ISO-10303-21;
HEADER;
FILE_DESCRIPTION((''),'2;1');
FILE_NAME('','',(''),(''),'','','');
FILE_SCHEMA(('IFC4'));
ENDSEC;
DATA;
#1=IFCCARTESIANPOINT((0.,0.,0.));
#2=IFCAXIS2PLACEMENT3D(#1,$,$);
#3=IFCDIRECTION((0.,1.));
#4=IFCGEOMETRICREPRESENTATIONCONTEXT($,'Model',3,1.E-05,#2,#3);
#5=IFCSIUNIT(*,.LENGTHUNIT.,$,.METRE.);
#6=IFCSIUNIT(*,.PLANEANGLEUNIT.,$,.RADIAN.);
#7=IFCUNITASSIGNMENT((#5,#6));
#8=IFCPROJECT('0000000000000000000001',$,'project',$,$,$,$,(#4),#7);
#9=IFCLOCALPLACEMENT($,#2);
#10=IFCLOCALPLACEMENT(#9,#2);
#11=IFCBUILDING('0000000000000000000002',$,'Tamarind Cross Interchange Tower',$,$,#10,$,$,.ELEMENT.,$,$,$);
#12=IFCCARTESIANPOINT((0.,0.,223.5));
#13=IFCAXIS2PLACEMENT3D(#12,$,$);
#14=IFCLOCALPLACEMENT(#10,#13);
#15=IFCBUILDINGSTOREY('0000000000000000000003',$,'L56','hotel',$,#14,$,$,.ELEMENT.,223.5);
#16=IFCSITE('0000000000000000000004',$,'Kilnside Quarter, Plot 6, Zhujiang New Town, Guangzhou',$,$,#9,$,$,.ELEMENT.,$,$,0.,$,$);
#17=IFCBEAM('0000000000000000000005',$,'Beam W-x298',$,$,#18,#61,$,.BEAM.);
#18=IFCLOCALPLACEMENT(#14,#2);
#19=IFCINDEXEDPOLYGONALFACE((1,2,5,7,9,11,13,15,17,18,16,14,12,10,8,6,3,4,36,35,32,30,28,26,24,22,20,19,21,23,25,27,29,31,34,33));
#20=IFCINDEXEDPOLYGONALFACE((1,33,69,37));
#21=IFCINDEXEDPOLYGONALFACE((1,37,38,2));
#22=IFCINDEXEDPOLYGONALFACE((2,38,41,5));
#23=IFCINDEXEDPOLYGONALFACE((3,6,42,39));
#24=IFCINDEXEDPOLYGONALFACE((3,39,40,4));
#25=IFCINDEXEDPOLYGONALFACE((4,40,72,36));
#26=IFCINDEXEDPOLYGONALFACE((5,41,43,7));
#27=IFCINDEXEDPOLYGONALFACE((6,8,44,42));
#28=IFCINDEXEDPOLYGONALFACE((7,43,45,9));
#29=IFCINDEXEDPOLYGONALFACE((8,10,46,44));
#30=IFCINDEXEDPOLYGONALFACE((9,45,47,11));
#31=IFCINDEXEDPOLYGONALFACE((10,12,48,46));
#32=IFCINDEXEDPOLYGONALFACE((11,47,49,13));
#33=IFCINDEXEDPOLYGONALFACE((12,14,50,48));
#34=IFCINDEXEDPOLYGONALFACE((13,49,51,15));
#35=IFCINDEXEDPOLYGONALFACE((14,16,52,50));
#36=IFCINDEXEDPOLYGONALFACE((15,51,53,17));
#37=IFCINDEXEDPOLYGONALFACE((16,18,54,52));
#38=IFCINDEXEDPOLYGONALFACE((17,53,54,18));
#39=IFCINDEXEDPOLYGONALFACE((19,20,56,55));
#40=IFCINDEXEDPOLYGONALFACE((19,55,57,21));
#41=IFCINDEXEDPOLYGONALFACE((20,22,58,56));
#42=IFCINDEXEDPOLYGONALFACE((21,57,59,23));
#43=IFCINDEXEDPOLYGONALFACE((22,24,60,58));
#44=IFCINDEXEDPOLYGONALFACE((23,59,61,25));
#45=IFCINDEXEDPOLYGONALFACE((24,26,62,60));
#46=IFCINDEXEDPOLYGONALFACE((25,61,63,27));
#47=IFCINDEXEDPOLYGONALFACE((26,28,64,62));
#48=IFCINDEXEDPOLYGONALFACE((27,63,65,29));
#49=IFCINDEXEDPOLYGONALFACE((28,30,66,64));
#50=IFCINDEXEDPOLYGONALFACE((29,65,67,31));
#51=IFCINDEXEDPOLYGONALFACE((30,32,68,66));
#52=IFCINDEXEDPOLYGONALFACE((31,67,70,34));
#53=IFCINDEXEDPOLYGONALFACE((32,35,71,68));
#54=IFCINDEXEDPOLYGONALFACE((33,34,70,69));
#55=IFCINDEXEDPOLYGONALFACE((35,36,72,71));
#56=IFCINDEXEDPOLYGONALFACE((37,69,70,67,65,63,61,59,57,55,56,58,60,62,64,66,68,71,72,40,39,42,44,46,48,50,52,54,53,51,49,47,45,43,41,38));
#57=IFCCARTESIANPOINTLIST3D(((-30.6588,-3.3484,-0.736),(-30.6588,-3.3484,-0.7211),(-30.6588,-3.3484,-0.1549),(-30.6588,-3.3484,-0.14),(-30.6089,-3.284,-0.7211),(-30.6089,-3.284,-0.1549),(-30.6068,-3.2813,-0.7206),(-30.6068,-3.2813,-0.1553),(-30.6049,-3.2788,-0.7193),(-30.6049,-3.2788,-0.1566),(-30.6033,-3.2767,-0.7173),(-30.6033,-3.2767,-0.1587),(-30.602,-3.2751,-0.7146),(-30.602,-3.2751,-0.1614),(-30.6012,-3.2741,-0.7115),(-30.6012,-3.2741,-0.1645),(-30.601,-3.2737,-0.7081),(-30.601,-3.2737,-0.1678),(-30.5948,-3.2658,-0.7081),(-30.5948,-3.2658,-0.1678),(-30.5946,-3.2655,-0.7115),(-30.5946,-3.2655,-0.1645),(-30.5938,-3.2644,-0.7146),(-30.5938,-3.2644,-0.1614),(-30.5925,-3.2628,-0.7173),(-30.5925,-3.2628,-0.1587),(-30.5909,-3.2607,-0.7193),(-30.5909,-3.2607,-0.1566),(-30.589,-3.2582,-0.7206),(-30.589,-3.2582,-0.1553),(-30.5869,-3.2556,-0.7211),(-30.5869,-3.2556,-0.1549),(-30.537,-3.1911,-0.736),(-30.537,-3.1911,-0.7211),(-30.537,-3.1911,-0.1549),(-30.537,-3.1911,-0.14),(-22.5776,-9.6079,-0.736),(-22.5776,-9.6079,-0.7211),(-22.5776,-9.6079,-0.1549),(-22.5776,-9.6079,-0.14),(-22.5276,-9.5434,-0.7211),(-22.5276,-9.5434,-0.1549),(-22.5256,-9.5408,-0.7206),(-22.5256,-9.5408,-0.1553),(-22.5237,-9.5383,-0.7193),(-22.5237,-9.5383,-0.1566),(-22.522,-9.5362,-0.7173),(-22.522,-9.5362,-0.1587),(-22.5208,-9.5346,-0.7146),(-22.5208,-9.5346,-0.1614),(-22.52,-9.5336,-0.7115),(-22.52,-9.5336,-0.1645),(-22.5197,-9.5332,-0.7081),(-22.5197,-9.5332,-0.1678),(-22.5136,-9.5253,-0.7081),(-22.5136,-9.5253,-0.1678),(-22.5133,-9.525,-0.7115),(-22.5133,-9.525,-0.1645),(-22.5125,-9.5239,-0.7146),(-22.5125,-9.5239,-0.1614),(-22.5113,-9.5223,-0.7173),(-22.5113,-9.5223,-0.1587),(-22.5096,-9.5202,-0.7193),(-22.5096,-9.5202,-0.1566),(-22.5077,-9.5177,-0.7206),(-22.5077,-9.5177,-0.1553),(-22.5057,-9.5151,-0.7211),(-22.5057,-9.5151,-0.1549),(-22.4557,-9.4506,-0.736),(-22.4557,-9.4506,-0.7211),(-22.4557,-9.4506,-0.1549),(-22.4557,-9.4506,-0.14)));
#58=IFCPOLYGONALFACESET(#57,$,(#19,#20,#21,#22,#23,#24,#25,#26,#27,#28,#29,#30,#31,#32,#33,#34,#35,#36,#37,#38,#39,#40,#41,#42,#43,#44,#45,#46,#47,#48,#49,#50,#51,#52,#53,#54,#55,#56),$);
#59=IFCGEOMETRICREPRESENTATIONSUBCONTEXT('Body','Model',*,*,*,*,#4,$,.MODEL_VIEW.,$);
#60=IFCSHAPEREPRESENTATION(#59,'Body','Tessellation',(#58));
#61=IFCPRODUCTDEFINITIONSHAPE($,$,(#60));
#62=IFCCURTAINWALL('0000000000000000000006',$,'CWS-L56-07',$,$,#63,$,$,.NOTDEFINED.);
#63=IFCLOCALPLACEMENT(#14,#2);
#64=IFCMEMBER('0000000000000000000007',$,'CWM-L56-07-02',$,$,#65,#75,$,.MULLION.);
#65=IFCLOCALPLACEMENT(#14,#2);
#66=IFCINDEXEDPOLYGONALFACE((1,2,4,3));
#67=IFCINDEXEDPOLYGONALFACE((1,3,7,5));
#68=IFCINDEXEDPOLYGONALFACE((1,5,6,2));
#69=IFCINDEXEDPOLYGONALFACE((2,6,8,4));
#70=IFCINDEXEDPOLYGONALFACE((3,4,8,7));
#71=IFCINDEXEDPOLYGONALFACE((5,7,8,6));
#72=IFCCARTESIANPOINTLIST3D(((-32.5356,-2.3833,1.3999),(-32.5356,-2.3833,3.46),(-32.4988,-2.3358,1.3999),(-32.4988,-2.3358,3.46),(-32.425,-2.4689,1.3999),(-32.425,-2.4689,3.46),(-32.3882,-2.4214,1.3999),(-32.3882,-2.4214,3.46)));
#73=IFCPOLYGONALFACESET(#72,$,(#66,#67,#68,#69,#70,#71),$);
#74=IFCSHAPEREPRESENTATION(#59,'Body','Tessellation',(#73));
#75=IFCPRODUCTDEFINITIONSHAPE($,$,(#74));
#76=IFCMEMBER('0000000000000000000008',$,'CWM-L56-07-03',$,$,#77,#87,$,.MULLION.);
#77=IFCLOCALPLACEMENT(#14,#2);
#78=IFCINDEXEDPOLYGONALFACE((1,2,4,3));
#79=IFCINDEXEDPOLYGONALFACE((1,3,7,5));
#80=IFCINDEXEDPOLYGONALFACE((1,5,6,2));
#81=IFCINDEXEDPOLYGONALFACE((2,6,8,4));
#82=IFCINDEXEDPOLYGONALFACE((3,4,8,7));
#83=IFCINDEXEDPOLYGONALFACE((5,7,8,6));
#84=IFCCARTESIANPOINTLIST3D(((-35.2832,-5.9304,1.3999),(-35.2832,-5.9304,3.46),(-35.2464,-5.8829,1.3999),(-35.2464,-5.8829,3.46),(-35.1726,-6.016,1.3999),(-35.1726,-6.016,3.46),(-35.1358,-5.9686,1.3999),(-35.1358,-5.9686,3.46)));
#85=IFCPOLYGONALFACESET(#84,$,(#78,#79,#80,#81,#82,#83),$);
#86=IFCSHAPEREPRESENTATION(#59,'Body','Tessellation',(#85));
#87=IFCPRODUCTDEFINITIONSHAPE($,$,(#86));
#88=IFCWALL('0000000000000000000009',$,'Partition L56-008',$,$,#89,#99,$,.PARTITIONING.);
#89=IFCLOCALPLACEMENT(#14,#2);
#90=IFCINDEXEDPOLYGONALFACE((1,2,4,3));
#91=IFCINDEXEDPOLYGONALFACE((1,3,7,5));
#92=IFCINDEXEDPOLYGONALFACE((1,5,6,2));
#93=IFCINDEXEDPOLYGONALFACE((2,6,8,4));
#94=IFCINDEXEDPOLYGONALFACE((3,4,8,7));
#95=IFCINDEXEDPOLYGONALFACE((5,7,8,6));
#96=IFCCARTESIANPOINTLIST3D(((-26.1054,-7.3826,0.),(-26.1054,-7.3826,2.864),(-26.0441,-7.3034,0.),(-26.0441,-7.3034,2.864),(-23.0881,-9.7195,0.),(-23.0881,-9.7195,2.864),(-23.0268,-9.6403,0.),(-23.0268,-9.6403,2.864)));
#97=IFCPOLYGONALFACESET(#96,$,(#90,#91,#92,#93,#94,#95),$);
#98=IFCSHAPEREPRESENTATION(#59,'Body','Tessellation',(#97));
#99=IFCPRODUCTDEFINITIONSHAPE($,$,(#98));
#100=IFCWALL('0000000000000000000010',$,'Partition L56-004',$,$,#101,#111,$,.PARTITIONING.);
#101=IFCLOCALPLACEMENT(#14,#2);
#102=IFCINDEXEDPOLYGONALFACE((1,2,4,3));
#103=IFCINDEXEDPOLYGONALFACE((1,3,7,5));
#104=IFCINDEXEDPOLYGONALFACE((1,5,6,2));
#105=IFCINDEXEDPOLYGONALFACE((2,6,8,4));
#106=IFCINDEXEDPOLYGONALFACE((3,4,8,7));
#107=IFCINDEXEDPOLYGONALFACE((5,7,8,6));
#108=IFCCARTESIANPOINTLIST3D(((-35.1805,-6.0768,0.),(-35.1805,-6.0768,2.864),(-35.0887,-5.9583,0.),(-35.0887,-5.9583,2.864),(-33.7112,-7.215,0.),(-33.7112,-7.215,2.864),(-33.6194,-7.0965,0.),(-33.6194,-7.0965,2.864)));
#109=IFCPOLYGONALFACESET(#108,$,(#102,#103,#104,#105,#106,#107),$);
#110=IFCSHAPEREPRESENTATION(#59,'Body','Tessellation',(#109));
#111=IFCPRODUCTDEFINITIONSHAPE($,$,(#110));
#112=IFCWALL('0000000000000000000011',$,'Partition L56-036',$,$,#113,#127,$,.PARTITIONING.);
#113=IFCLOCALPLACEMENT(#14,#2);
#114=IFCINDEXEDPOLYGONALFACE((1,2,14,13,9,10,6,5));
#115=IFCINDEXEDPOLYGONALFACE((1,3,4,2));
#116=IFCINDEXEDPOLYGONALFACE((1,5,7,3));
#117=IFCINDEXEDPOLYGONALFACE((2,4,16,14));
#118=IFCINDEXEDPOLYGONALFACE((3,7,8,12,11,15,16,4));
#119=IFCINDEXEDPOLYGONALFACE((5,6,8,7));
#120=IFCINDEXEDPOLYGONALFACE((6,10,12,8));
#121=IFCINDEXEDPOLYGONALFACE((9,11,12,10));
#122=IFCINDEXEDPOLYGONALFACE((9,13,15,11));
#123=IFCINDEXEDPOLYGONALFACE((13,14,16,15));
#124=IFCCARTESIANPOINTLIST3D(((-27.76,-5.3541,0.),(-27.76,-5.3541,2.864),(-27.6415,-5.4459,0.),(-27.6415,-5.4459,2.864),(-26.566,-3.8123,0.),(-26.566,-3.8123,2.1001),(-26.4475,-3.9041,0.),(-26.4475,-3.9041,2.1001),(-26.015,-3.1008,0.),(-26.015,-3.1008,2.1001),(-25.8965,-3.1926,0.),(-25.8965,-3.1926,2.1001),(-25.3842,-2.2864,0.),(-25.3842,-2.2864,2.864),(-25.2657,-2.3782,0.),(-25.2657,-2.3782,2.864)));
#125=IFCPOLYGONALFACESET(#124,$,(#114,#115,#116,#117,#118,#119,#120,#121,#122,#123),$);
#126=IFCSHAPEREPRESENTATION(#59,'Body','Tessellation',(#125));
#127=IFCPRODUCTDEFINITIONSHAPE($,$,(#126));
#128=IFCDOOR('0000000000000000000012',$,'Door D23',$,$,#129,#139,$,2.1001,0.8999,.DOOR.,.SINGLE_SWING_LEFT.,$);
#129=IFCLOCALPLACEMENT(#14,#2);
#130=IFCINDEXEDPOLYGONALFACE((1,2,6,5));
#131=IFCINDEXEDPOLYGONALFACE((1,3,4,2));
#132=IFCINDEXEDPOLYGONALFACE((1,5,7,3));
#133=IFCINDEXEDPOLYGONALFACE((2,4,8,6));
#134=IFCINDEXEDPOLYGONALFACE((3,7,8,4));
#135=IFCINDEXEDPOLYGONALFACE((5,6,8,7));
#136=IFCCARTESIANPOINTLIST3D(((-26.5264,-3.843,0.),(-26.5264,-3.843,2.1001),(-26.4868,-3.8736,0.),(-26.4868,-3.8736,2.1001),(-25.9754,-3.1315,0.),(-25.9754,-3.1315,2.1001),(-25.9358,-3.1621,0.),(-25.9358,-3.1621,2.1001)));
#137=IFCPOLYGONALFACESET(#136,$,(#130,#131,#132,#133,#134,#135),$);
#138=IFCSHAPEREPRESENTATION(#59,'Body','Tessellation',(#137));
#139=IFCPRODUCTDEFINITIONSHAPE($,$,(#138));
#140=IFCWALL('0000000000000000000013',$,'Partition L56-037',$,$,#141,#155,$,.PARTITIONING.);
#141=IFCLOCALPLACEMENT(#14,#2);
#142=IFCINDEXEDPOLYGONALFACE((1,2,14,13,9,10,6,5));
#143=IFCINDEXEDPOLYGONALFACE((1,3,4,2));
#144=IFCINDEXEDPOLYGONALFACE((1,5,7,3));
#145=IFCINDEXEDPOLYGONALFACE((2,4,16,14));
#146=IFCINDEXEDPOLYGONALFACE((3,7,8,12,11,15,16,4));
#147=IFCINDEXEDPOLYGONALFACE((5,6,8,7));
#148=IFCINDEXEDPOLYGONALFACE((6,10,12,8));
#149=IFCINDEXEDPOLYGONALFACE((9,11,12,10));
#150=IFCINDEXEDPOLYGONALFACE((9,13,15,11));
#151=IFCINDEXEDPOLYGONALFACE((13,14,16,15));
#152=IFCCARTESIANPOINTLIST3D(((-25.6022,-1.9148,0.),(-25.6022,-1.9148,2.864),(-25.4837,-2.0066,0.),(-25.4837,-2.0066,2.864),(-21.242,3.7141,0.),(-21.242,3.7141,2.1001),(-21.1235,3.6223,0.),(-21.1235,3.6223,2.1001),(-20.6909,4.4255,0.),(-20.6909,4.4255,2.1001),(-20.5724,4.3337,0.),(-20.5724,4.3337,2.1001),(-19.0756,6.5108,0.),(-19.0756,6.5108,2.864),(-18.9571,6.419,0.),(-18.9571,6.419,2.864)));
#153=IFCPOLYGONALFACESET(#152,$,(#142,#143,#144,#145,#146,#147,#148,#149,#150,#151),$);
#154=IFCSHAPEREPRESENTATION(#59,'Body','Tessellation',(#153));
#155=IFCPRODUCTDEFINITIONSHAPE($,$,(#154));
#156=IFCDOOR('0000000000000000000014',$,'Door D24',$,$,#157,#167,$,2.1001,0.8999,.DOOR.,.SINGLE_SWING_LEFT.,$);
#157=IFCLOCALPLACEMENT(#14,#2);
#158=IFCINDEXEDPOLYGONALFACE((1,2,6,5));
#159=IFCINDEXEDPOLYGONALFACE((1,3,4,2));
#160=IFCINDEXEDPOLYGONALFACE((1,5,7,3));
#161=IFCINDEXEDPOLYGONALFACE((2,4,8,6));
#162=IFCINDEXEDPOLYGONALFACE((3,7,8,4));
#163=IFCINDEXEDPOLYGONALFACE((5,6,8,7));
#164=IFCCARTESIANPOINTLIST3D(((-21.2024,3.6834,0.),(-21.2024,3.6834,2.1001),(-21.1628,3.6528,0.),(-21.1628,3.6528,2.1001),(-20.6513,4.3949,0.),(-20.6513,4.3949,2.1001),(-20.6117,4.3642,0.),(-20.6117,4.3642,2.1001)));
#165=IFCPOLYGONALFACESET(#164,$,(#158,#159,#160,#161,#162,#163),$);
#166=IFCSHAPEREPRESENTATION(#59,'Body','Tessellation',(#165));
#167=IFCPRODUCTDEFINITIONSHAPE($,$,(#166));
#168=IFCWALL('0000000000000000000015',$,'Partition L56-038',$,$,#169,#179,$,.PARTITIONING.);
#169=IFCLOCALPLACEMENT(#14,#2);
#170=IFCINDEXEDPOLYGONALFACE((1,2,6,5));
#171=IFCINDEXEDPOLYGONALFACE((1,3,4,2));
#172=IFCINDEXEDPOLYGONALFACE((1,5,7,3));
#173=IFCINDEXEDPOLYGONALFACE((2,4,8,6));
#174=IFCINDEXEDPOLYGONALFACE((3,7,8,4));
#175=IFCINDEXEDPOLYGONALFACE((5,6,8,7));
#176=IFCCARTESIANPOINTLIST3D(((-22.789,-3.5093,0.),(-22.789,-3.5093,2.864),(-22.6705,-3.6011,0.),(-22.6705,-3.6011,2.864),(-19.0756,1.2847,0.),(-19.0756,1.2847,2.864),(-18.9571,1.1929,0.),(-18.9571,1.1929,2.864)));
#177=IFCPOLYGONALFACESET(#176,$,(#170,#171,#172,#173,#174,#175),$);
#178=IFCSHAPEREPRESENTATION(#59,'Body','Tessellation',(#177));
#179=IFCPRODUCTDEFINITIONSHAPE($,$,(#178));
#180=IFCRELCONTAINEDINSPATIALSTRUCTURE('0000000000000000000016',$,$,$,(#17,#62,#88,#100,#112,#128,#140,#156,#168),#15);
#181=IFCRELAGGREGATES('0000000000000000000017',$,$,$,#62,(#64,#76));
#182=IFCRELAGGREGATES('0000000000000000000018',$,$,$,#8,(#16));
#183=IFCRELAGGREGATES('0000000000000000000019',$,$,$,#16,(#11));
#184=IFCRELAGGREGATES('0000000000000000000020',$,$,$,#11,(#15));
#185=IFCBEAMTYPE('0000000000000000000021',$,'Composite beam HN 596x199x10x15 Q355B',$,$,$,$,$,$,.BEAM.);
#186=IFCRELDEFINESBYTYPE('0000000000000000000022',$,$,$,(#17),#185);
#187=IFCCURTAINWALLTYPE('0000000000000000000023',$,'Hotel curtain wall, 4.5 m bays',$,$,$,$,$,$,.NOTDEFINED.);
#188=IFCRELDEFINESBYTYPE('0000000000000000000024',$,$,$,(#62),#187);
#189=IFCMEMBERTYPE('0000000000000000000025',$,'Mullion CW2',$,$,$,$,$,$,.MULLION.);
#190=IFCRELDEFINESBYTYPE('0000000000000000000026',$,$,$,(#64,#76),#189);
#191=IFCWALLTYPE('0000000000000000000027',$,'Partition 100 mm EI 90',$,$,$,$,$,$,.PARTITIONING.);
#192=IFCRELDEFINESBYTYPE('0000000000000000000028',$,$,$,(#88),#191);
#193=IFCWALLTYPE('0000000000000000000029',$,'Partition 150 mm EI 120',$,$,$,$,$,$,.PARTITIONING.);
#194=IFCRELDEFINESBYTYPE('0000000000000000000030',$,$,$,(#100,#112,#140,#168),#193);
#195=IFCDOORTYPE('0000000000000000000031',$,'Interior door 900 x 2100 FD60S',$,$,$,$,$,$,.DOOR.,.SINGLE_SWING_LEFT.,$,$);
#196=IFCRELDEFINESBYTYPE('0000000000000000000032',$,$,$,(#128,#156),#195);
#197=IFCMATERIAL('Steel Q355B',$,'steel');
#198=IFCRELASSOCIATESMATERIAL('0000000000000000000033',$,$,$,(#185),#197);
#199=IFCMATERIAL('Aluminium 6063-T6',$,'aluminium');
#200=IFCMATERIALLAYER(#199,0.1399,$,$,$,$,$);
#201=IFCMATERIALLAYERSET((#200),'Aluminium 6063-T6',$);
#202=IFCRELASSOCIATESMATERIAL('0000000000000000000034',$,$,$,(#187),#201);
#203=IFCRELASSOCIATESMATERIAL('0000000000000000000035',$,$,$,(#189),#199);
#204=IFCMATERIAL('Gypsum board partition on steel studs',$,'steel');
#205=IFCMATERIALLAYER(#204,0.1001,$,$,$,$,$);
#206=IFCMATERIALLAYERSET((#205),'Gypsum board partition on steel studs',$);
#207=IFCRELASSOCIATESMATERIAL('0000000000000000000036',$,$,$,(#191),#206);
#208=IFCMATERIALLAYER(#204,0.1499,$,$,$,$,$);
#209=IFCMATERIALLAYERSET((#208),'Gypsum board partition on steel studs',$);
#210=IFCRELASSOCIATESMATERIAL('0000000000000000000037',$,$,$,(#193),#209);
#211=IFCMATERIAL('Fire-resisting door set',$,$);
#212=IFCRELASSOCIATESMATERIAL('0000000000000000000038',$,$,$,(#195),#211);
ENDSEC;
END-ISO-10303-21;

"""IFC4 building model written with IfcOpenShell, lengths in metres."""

from ifc_helpers import new_model, si_unit, direction, frame, frame_2d, origin, origin_2d, place, context, subcontext, project, spatial, rectangle, i_section, extrude, material, layer, layer_set, material_profile, profile_set, type_object, element, fill, aggregate, save


model = new_model("IFC4")

# Units and contexts
model_context = context("Model", 3, precision=1e-05, world=origin(), true_north=direction((0.0, 1.0)))
body_context = subcontext(model_context, "Body", "Model", "MODEL_VIEW")
ifc_project = project(units=[si_unit("LENGTHUNIT", "METRE"), si_unit("PLANEANGLEUNIT", "RADIAN")], contexts=[model_context])

# Site, building, storey
site_placement = place(None, origin())
site = spatial("IfcSite", under=ifc_project, at=site_placement, Name="Kilnside Quarter, Plot 6, Zhujiang New Town, Guangzhou", CompositionType="ELEMENT", RefElevation=0.0)
building_placement = place(site_placement, origin())
building = spatial("IfcBuilding", under=site, at=building_placement, Name="Tamarind Cross Interchange Tower", CompositionType="ELEMENT")
storey_placement = place(building_placement, frame((0.0, 0.0, 223.5)))
storey = spatial("IfcBuildingStorey", under=building, at=storey_placement, Name="L56", Description="hotel", CompositionType="ELEMENT", Elevation=223.5)

# Beam
ifc_material_1 = material(Name="Steel Q355B", Category="steel")
ifc_material_profile_1 = material_profile(ifc_material_1, i_section(OverallWidth=0.199, OverallDepth=0.5959, WebThickness=0.01, FlangeThickness=0.0149, FilletRadius=0.0129, at=origin_2d()), Name="HN 596x199x10x15")
ifc_profile_set_1 = profile_set([ifc_material_profile_1], Name="Steel Q355B")
beam_type_1 = type_object("IfcBeamType", Name="Composite beam HN 596x199x10x15 Q355B", PredefinedType="BEAM", material=ifc_profile_set_1)
beam_1_placement = place(storey_placement, frame((-30.5979, -3.2698, -0.438), z_axis=(0.79058, -0.612359, 0.0), x_axis=(0.612359, 0.79058, 0.0)))
element("IfcBeam", 1, at=beam_1_placement, inside=storey, type_object=beam_type_1, Name="Beam W-x298", PredefinedType="BEAM", context=body_context, shape_type="SweptSolid", body=[
    extrude(i_section(OverallWidth=0.199, OverallDepth=0.5959, WebThickness=0.01, FlangeThickness=0.0149, FilletRadius=0.0129, at=origin_2d()), origin(), (0.0, 0.0, 1.0), 10.2219),
])

# Curtain wall, members
ifc_material_2 = material(Name="Aluminium 6063-T6", Category="aluminium")
ifc_layer_1 = layer(ifc_material_2, 0.1399)
ifc_layer_set_1 = layer_set([ifc_layer_1], Name="Aluminium 6063-T6")
curtain_wall_type = type_object("IfcCurtainWallType", Name="Hotel curtain wall, 4.5 m bays", PredefinedType="NOTDEFINED", material=ifc_layer_set_1)
curtain_wall_placement = place(storey_placement, origin())
curtain_wall = element("IfcCurtainWall", 2, at=curtain_wall_placement, inside=storey, type_object=curtain_wall_type, Name="CWS-L56-07", PredefinedType="NOTDEFINED")
ifc_material_profile_2 = material_profile(ifc_material_2, rectangle(XDim=0.0601, YDim=0.1399, at=origin_2d()), Name="Mullion CW2")
ifc_profile_set_2 = profile_set([ifc_material_profile_2], Name="Aluminium 6063-T6")
member_type = type_object("IfcMemberType", Name="Mullion CW2", PredefinedType="MULLION", material=ifc_profile_set_2)
member_1_placement = place(storey_placement, frame((-32.4619, -2.4023, 1.3999), z_axis=(0.0, 0.0, 1.0), x_axis=(-0.612355, -0.790583, 0.0)))
member_1 = element("IfcMember", 3, at=member_1_placement, type_object=member_type, Name="CWM-L56-07-02", PredefinedType="MULLION", context=body_context, shape_type="SweptSolid", body=[
    extrude(rectangle(XDim=0.0601, YDim=0.1399, at=origin_2d()), origin(), (0.0, 0.0, 1.0), 2.0601),
])
member_2_placement = place(storey_placement, frame((-35.2095, -5.9495, 1.3999), z_axis=(0.0, 0.0, 1.0), x_axis=(-0.612355, -0.790583, 0.0)))
member_2 = element("IfcMember", 4, at=member_2_placement, type_object=member_type, Name="CWM-L56-07-03", PredefinedType="MULLION", context=body_context, shape_type="SweptSolid", body=[
    extrude(rectangle(XDim=0.0601, YDim=0.1399, at=origin_2d()), origin(), (0.0, 0.0, 1.0), 2.0601),
])
aggregate(curtain_wall, [member_1, member_2])

# Walls
ifc_material_3 = material(Name="Gypsum board partition on steel studs", Category="steel")
ifc_layer_2 = layer(ifc_material_3, 0.1001)
ifc_layer_set_2 = layer_set([ifc_layer_2], Name="Gypsum board partition on steel studs")
wall_type_1 = type_object("IfcWallType", Name="Partition 100 mm EI 90", PredefinedType="PARTITIONING", material=ifc_layer_set_2)
wall_1_placement = place(storey_placement, frame((-26.0747, -7.343, 0.0), z_axis=(0.0, 0.0, 1.0), x_axis=(0.790608, -0.612323, 0.0)))
element("IfcWall", 5, at=wall_1_placement, inside=storey, type_object=wall_type_1, Name="Partition L56-008", PredefinedType="PARTITIONING", context=body_context, shape_type="SweptSolid", body=[
    extrude(rectangle(XDim=3.8164, YDim=0.1001, at=frame_2d((1.9082, 0.0))), origin(), (0.0, 0.0, 1.0), 2.864),
])
ifc_layer_3 = layer(ifc_material_3, 0.1499)
ifc_layer_set_3 = layer_set([ifc_layer_3], Name="Gypsum board partition on steel studs")
wall_type_2 = type_object("IfcWallType", Name="Partition 150 mm EI 120", PredefinedType="PARTITIONING", material=ifc_layer_set_3)
wall_2_placement = place(storey_placement, frame((-35.1345, -6.0176, 0.0), z_axis=(0.0, 0.0, 1.0), x_axis=(0.790539, -0.612412, 0.0)))
element("IfcWall", 6, at=wall_2_placement, inside=storey, type_object=wall_type_2, Name="Partition L56-004", PredefinedType="PARTITIONING", context=body_context, shape_type="SweptSolid", body=[
    extrude(rectangle(XDim=1.8586, YDim=0.1499, at=frame_2d((0.9292, 0.0))), origin(), (0.0, 0.0, 1.0), 2.864),
])

# Walls, openings, doors
wall_3_placement = place(storey_placement, frame((-27.7007, -5.3999, 0.0), z_axis=(0.0, 0.0, 1.0), x_axis=(0.612301, 0.790624, 0.0)))
wall_3 = element("IfcWall", 7, at=wall_3_placement, inside=storey, type_object=wall_type_2, Name="Partition L56-036", PredefinedType="PARTITIONING", context=body_context, shape_type="SweptSolid", body=[
    extrude(rectangle(XDim=3.8801, YDim=0.1499, at=frame_2d((1.9399, 0.0))), origin(), (0.0, 0.0, 1.0), 2.864),
])
opening_1_placement = place(wall_3_placement, frame((1.95, 0.0, 0.0)))
opening_1 = element("IfcOpeningElement", 8, at=opening_1_placement, cuts=wall_3, PredefinedType="OPENING", context=body_context, shape_type="SweptSolid", body=[
    extrude(rectangle(XDim=0.8999, YDim=2.1001, at=frame_2d((0.45, 1.05))), frame((0.0, 0.085, 0.0), z_axis=(0.0, -1.0, 0.0), x_axis=(1.0, 0.0, 0.0)), (0.0, 0.0, 1.0), 0.1699),
])
ifc_material_4 = material(Name="Fire-resisting door set")
door_type_1 = type_object("IfcDoorType", Name="Interior door 900 x 2100 FD60S", OperationType="SINGLE_SWING_LEFT", PredefinedType="DOOR", material=ifc_material_4)
door_1_placement = place(opening_1_placement, origin())
door_1 = element("IfcDoor", 9, at=door_1_placement, inside=storey, type_object=door_type_1, Name="Door D23", OperationType="SINGLE_SWING_LEFT", OverallHeight=2.1001, OverallWidth=0.8999, PredefinedType="DOOR", context=body_context, shape_type="SweptSolid", body=[
    extrude(rectangle(XDim=0.8999, YDim=2.1001, at=frame_2d((0.45, 1.05))), frame((0.0, 0.0249, 0.0), z_axis=(0.0, -1.0, 0.0), x_axis=(1.0, 0.0, 0.0)), (0.0, 0.0, 1.0), 0.05),
])
fill(opening_1, door_1)
wall_4_placement = place(storey_placement, frame((-25.543, -1.9607, 0.0), z_axis=(0.0, 0.0, 1.0), x_axis=(0.612385, 0.790559, 0.0)))
wall_4 = element("IfcWall", 10, at=wall_4_placement, inside=storey, type_object=wall_type_2, Name="Partition L56-037", PredefinedType="PARTITIONING", context=body_context, shape_type="SweptSolid", body=[
    extrude(rectangle(XDim=10.6577, YDim=0.1499, at=frame_2d((5.3289, 0.0))), origin(), (0.0, 0.0, 1.0), 2.864),
])
opening_2_placement = place(wall_4_placement, frame((7.1201, 0.0, 0.0)))
opening_2 = element("IfcOpeningElement", 11, at=opening_2_placement, cuts=wall_4, PredefinedType="OPENING", context=body_context, shape_type="SweptSolid", body=[
    extrude(rectangle(XDim=0.8999, YDim=2.1001, at=frame_2d((0.45, 1.05))), frame((0.0, 0.085, 0.0), z_axis=(0.0, -1.0, 0.0), x_axis=(1.0, 0.0, 0.0)), (0.0, 0.0, 1.0), 0.1699),
])
door_2_placement = place(opening_2_placement, origin())
door_2 = element("IfcDoor", 12, at=door_2_placement, inside=storey, type_object=door_type_1, Name="Door D24", OperationType="SINGLE_SWING_LEFT", OverallHeight=2.1001, OverallWidth=0.8999, PredefinedType="DOOR", context=body_context, shape_type="SweptSolid", body=[
    extrude(rectangle(XDim=0.8999, YDim=2.1001, at=frame_2d((0.45, 1.05))), frame((0.0, 0.0249, 0.0), z_axis=(0.0, -1.0, 0.0), x_axis=(1.0, 0.0, 0.0)), (0.0, 0.0, 1.0), 0.05),
])
fill(opening_2, door_2)

# Wall
wall_5_placement = place(storey_placement, frame((-22.7297, -3.5552, 0.0), z_axis=(0.0, 0.0, 1.0), x_axis=(0.612373, 0.790569, 0.0)))
element("IfcWall", 13, at=wall_5_placement, inside=storey, type_object=wall_type_2, Name="Partition L56-038", PredefinedType="PARTITIONING", context=body_context, shape_type="SweptSolid", body=[
    extrude(rectangle(XDim=6.064, YDim=0.1499, at=frame_2d((3.032, 0.0))), origin(), (0.0, 0.0, 1.0), 2.864),
])

save(model, "model.ifc")
